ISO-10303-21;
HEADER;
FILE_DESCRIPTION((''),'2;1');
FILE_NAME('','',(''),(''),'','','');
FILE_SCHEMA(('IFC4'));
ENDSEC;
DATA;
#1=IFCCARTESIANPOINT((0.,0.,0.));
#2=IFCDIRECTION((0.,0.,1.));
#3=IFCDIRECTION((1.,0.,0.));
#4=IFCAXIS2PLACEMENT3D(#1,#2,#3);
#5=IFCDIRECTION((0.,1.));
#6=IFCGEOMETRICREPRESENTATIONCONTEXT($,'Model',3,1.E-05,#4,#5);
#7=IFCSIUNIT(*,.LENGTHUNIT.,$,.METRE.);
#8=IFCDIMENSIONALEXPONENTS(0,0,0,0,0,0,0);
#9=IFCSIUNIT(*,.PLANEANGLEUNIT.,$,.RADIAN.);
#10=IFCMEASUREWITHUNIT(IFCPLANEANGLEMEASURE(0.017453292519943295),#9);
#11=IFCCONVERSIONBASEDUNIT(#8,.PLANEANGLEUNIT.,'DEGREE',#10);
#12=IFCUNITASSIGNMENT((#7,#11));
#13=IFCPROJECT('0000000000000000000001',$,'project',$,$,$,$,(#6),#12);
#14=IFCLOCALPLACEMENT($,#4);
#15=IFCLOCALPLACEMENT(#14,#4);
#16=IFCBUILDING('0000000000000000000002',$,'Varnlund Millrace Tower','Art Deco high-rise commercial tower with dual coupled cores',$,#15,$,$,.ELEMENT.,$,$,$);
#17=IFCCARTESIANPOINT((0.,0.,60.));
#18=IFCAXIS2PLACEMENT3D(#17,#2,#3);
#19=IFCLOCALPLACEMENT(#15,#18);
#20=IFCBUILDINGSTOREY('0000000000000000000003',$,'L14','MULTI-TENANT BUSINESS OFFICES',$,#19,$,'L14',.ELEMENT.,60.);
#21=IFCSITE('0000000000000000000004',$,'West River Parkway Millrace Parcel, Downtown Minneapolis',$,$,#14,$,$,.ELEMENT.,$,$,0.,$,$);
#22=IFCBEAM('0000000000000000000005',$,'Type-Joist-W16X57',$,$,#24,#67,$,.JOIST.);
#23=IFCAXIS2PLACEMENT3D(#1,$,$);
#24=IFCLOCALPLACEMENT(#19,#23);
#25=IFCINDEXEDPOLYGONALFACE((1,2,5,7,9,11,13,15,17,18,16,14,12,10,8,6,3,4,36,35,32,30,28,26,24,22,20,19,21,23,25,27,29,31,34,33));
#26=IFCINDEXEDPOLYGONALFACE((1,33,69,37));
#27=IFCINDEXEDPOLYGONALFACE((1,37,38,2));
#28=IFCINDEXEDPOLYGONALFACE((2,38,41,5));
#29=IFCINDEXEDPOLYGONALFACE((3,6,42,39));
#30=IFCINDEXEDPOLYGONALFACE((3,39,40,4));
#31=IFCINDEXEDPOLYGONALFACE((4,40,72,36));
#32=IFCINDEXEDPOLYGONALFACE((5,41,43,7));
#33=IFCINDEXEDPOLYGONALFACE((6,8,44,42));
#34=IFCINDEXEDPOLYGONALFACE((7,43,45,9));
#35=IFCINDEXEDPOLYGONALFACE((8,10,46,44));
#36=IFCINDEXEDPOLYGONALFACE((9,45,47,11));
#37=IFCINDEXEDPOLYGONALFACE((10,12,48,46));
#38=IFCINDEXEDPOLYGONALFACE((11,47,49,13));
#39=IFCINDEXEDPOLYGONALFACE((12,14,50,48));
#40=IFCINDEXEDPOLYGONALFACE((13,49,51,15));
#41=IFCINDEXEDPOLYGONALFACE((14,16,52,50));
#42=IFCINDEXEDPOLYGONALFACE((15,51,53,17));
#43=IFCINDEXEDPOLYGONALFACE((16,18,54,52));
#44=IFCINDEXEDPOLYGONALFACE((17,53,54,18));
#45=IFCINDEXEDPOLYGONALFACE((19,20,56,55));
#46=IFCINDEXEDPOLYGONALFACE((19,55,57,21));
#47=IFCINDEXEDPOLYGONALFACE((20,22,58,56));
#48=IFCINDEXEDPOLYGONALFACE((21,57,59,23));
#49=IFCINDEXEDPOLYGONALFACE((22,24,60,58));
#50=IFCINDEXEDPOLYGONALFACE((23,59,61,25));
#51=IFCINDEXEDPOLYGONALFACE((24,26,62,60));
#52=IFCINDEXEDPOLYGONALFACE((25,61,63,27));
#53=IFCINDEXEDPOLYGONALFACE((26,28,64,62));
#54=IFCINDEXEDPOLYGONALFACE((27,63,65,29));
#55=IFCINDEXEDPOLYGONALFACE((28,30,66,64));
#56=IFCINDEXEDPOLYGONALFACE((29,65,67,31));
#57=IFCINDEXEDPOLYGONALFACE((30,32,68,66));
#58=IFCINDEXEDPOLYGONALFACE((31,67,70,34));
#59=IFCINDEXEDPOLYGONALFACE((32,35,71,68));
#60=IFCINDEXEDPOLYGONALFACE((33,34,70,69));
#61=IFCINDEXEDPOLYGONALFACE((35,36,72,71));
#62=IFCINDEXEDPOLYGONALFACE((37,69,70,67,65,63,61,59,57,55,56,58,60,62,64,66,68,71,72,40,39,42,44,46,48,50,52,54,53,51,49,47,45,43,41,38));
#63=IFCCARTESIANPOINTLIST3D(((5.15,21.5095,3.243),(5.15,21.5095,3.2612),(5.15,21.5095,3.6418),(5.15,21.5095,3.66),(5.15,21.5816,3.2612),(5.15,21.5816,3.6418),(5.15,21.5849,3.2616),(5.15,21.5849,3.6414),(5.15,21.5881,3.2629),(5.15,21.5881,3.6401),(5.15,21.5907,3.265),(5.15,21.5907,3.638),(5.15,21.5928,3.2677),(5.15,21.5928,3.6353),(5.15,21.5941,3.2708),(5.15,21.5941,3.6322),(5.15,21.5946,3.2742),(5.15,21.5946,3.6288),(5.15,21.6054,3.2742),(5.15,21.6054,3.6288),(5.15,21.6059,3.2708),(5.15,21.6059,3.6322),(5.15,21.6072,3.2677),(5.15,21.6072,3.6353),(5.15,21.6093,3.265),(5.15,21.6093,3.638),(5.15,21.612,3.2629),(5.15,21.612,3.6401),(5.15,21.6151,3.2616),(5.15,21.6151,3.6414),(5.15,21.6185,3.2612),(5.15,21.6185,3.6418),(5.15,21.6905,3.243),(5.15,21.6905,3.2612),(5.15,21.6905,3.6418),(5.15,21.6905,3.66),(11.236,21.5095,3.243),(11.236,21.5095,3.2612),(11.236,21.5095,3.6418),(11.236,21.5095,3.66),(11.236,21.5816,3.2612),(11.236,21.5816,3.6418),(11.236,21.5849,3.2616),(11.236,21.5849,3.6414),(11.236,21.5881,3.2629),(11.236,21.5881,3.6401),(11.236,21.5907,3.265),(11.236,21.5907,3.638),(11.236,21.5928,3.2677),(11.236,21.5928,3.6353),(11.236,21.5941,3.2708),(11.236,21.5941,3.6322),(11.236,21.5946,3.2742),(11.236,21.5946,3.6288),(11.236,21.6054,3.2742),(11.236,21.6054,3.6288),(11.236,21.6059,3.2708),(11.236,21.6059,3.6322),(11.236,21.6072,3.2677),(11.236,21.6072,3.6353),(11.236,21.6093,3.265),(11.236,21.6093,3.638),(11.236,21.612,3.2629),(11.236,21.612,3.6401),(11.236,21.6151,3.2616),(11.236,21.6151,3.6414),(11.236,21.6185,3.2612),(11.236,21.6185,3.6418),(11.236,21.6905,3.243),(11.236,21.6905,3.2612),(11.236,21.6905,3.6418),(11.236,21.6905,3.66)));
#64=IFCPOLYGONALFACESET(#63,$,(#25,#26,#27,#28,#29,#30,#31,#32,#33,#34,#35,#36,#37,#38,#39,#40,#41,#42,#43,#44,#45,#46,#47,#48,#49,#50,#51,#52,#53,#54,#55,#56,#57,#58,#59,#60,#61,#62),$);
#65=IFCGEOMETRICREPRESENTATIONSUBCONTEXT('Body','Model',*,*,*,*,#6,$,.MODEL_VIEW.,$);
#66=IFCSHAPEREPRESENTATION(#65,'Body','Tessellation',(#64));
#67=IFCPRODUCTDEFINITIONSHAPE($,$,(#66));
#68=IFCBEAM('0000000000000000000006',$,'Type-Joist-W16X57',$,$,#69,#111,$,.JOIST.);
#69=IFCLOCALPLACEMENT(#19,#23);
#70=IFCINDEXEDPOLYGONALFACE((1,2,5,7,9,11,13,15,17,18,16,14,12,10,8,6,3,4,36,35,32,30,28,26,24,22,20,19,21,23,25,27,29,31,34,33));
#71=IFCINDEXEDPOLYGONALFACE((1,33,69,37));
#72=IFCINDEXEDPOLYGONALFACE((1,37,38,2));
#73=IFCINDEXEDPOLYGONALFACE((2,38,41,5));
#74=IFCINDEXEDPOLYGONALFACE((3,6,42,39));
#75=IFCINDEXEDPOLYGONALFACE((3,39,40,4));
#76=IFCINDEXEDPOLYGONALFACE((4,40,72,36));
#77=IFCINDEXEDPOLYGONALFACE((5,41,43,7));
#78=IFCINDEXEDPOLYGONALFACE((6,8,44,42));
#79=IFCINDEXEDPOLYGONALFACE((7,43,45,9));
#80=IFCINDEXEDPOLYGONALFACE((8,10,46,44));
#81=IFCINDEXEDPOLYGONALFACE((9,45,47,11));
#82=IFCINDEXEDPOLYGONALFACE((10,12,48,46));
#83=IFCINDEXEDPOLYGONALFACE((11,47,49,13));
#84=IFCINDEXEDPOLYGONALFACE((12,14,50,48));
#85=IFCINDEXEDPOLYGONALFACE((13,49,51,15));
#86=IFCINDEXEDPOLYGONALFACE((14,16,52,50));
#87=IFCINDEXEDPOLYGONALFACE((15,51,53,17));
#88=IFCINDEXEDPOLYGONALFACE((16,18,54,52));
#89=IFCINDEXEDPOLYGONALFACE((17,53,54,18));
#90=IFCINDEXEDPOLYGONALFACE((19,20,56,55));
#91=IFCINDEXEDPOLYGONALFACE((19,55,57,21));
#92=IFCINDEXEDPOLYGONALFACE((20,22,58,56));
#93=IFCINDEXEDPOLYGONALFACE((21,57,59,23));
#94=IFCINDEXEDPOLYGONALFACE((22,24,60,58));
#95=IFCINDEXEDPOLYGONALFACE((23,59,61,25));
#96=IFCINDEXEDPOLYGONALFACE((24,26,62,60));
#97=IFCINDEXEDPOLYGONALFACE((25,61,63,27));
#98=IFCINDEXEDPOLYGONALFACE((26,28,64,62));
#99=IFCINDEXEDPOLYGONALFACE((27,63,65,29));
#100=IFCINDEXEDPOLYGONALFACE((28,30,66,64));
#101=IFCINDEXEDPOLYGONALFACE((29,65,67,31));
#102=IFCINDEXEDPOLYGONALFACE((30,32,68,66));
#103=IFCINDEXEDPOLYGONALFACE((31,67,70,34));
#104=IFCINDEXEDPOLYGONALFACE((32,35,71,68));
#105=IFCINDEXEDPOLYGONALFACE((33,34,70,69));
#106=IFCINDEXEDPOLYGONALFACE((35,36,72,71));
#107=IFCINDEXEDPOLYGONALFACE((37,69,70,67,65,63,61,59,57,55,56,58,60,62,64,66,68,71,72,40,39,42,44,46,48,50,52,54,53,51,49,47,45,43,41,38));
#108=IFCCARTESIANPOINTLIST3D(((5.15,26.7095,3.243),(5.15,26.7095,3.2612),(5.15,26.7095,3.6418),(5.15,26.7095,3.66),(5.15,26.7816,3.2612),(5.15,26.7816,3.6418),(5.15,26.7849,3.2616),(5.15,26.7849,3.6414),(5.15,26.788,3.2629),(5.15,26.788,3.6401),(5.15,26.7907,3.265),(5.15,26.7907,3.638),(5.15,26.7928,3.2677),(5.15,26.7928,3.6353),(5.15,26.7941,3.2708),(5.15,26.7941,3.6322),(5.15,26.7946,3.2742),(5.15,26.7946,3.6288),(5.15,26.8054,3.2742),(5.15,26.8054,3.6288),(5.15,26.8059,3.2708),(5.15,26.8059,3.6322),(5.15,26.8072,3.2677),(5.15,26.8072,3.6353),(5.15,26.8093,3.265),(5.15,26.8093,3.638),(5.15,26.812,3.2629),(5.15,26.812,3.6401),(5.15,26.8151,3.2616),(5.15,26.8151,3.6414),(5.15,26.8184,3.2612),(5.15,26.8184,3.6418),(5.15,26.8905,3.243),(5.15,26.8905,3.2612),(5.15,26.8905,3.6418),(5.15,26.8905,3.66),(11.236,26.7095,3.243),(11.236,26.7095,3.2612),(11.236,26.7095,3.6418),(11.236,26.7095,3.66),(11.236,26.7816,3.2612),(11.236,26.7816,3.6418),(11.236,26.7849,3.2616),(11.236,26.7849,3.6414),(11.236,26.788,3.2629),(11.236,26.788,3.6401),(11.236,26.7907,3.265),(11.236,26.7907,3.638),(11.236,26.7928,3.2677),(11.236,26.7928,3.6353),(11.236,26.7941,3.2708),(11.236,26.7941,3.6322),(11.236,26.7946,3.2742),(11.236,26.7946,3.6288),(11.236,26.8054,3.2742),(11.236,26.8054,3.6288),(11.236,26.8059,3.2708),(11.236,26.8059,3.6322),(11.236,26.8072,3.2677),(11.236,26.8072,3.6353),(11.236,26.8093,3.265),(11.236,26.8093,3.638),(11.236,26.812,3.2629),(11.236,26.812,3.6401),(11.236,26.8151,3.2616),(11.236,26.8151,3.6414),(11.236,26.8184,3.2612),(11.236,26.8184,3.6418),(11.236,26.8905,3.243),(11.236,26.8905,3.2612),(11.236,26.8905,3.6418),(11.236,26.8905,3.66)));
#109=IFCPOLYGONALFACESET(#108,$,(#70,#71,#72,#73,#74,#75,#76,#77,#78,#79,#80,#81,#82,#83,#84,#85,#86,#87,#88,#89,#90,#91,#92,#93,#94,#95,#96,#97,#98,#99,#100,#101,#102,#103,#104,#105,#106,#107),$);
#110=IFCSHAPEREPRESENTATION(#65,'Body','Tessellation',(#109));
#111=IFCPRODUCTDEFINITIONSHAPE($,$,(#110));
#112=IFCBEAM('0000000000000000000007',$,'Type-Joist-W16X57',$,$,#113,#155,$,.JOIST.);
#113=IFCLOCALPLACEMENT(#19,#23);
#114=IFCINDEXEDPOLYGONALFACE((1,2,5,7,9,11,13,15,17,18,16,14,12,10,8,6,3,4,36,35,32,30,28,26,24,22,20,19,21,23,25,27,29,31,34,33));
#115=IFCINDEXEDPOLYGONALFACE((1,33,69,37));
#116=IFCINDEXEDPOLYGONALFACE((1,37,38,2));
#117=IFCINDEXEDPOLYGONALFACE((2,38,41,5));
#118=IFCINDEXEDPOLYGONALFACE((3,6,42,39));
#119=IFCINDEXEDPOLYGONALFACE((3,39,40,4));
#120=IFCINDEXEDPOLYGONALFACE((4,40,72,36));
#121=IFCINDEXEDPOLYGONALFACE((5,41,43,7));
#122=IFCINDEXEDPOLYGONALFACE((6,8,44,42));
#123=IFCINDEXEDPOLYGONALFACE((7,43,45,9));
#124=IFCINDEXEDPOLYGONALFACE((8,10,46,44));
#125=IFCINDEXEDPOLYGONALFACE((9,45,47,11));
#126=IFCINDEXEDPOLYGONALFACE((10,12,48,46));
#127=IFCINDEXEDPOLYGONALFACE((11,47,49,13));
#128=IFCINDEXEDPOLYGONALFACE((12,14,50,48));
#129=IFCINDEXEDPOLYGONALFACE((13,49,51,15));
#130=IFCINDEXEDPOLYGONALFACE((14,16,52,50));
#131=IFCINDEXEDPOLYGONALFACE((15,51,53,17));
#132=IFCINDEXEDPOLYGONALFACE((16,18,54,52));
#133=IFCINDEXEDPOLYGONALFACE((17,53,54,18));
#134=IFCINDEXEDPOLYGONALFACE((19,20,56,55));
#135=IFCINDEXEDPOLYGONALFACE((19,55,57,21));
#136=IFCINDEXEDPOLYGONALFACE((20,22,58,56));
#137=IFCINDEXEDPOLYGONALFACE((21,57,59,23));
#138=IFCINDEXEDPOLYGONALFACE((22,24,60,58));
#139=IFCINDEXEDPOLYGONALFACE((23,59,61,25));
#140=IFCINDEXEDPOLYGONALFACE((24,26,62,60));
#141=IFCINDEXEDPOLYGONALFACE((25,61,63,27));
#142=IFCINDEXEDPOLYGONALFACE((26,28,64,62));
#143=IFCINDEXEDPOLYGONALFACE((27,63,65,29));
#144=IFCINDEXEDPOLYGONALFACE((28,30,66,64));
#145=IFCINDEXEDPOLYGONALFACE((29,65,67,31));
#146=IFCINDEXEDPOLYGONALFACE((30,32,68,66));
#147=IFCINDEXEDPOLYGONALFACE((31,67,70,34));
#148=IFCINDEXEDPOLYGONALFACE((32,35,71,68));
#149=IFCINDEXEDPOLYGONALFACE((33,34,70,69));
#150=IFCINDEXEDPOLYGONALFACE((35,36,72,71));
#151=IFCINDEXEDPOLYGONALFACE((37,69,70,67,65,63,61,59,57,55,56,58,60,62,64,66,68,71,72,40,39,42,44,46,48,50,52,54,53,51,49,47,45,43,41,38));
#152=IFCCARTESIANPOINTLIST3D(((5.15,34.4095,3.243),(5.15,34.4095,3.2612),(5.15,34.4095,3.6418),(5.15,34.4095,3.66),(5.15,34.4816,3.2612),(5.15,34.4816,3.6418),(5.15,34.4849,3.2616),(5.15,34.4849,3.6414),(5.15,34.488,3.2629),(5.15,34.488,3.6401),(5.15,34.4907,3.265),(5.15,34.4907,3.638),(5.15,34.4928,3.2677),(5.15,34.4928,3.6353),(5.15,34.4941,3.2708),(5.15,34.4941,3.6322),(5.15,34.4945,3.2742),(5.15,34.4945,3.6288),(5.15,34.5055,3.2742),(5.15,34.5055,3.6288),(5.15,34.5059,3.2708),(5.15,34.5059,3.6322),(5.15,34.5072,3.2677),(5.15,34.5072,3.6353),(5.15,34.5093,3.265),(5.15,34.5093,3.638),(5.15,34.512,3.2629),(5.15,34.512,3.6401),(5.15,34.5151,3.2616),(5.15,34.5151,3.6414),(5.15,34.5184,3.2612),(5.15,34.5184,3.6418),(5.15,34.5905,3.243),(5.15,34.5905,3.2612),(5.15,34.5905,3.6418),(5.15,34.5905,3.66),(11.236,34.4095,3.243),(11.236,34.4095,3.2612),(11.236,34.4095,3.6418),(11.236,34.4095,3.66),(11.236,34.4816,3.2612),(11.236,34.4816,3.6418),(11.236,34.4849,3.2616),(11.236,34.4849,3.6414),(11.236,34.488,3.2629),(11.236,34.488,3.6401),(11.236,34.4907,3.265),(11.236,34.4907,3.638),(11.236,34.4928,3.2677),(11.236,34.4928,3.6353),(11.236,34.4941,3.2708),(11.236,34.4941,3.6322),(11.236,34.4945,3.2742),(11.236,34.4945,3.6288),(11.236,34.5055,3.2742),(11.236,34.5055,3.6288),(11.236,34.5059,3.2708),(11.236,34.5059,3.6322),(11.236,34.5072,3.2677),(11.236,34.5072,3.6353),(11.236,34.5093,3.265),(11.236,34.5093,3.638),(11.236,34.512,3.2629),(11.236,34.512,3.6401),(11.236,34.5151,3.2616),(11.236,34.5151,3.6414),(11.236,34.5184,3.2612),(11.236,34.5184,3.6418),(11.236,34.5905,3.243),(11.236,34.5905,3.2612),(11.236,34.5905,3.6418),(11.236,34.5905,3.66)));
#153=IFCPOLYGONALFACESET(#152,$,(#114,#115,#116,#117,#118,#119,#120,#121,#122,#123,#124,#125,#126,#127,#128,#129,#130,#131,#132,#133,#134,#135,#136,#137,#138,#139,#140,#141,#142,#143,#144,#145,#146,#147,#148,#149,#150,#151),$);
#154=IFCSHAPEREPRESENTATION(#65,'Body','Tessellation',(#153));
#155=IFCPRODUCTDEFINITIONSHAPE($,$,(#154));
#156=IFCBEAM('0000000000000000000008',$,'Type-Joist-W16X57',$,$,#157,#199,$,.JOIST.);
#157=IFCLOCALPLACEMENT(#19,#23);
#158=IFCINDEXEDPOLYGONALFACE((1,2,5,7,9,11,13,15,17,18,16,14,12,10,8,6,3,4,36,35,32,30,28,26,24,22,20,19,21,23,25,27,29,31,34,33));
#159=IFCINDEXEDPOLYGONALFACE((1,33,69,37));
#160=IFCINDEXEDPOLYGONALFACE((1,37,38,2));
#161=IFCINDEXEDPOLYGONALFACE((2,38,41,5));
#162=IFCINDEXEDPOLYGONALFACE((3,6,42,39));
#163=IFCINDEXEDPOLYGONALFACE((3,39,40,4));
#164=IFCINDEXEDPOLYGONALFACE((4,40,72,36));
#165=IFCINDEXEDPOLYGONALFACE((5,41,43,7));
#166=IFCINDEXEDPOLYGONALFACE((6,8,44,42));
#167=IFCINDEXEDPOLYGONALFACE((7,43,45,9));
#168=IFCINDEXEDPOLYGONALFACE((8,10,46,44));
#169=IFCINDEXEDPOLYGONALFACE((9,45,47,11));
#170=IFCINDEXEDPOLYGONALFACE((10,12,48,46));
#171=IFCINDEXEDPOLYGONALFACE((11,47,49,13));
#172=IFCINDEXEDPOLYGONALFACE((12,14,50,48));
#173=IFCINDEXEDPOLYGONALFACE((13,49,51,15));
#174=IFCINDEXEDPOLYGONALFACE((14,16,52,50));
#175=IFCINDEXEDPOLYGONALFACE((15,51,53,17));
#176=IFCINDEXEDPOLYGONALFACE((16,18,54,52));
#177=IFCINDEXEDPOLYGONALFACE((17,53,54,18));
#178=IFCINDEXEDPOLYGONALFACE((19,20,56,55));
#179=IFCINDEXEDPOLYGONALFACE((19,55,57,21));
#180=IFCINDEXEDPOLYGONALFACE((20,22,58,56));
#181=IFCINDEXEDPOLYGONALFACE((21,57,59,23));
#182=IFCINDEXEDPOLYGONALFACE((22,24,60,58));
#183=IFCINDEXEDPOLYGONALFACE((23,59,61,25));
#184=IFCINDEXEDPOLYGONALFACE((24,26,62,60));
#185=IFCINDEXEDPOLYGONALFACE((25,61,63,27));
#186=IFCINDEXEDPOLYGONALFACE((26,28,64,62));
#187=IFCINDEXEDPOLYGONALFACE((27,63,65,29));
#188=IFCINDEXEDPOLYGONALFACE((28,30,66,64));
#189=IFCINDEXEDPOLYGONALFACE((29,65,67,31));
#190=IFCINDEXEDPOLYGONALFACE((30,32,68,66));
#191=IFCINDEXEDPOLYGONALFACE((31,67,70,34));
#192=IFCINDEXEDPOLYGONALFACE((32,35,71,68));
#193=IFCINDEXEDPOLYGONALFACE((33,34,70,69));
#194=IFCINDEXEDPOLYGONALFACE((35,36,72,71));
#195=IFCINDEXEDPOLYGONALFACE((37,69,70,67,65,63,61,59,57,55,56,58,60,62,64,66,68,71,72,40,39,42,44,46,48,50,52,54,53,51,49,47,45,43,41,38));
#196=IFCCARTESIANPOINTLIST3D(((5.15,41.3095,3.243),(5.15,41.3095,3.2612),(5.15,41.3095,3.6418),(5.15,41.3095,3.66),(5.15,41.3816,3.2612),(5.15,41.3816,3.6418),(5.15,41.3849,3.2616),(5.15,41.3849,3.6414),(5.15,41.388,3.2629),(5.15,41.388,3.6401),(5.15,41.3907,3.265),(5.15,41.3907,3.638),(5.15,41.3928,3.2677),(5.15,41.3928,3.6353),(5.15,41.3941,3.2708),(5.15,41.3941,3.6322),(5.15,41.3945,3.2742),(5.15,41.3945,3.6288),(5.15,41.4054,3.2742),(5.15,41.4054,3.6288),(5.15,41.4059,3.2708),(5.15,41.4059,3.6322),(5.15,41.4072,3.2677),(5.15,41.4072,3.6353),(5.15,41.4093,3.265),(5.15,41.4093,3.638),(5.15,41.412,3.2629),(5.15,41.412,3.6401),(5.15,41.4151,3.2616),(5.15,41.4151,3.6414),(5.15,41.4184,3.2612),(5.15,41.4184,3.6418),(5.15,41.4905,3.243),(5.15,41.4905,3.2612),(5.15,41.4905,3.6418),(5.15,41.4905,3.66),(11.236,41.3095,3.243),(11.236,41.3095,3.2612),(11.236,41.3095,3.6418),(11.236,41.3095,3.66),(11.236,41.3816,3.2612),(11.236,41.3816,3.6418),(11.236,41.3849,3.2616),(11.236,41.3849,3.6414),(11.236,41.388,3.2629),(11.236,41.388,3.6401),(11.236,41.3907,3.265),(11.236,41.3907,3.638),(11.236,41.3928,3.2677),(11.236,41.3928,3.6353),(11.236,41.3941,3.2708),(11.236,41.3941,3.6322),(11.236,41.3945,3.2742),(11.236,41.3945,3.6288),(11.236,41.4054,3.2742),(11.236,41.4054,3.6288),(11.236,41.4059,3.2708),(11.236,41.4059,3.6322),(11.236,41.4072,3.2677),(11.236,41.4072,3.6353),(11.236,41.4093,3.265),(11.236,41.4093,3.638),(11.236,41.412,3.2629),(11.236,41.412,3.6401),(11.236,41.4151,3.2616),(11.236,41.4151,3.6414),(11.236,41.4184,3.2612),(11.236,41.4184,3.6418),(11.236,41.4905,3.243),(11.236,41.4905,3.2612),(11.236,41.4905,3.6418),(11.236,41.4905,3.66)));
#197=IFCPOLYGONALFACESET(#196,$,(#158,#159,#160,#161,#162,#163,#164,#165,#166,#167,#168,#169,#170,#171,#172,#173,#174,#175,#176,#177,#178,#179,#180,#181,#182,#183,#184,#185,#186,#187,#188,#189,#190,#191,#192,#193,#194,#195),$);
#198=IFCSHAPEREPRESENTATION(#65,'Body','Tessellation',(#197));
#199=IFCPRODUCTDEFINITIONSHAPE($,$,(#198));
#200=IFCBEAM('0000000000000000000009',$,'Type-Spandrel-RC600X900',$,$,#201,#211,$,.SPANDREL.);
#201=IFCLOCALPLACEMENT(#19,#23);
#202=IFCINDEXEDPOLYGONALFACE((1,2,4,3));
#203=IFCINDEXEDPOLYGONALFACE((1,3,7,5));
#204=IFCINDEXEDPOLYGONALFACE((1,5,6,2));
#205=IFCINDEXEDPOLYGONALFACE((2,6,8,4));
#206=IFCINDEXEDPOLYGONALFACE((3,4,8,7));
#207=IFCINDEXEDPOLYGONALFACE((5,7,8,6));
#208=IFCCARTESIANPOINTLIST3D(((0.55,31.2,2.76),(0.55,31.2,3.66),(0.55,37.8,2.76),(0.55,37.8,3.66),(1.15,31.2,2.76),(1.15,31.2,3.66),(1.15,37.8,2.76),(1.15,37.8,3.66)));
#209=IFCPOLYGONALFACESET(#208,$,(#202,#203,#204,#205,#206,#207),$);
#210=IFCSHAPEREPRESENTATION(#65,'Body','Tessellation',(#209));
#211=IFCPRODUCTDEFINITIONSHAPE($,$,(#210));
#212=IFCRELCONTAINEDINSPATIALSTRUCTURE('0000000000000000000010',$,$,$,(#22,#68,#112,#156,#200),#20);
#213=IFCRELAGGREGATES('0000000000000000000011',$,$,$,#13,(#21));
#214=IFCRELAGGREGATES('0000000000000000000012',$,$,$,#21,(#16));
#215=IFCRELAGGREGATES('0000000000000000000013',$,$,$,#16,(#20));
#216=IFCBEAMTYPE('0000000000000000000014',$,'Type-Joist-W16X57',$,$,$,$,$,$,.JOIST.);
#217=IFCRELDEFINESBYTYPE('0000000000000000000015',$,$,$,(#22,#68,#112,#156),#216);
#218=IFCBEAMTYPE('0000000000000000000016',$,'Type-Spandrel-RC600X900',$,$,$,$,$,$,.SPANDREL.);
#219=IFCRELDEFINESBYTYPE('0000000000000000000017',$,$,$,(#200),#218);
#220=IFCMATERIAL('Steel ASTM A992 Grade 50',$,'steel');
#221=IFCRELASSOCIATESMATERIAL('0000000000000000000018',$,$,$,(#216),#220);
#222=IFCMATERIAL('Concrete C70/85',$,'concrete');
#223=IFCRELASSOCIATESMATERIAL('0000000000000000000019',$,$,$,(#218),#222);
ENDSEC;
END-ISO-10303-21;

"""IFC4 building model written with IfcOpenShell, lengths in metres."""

from ifc_helpers import new_model, entity, si_unit, converted_unit, direction, frame, origin_with_axes, origin_2d_with_axis, place, context, subcontext, project, spatial, rectangle, i_section, extrude, material, material_profile, profile_set, type_object, element, save


model = new_model("IFC4")

# Units and contexts
model_context = context("Model", 3, precision=1e-05, world=origin_with_axes(), true_north=direction((0.0, 1.0)))
body_context = subcontext(model_context, "Body", "Model", "MODEL_VIEW")
ifc_project = project(units=[si_unit("LENGTHUNIT", "METRE"), converted_unit("PLANEANGLEUNIT", "DEGREE", entity("IfcPlaneAngleMeasure", 0.017453292519943295), si_unit("PLANEANGLEUNIT", "RADIAN"), dimensions=[0, 0, 0, 0, 0, 0, 0])], contexts=[model_context])

# Site, building, storey
site_placement = place(None, origin_with_axes())
site = spatial("IfcSite", under=ifc_project, at=site_placement, Name="West River Parkway Millrace Parcel, Downtown Minneapolis", CompositionType="ELEMENT", RefElevation=0.0)
building_placement = place(site_placement, origin_with_axes())
building = spatial("IfcBuilding", under=site, at=building_placement, Name="Varnlund Millrace Tower", Description="Art Deco high-rise commercial tower with dual coupled cores", CompositionType="ELEMENT")
storey_placement = place(building_placement, frame((0.0, 0.0, 60.0), z_axis=(0.0, 0.0, 1.0), x_axis=(1.0, 0.0, 0.0)))
storey = spatial("IfcBuildingStorey", under=building, at=storey_placement, Name="L14", Description="MULTI-TENANT BUSINESS OFFICES", LongName="L14", CompositionType="ELEMENT", Elevation=60.0)

# Beams
ifc_material_1 = material(Name="Steel ASTM A992 Grade 50", Category="steel")
ifc_material_profile_1 = material_profile(ifc_material_1, i_section(OverallWidth=0.181, OverallDepth=0.417, WebThickness=0.0109, FlangeThickness=0.0182, FilletRadius=0.013, at=origin_2d_with_axis()), Name="Steel ASTM A992 Grade 50")
ifc_profile_set_1 = profile_set([ifc_material_profile_1], Name="Steel ASTM A992 Grade 50")
beam_type_1 = type_object("IfcBeamType", Name="Type-Joist-W16X57", PredefinedType="JOIST", material=ifc_profile_set_1)
for number, where, z_axis, x_axis, name in (
    (1, (5.15, 21.6, 3.4515), (1.0, 0.0, 0.0), (0.0, 1.0, 0.0), "Type-Joist-W16X57"),
    (2, (5.15, 26.8, 3.4515), (1.0, 0.0, 0.0), (0.0, 1.0, 0.0), "Type-Joist-W16X57"),
    (3, (5.15, 34.5, 3.4515), (1.0, 0.0, 0.0), (0.0, 1.0, 0.0), "Type-Joist-W16X57"),
    (4, (5.15, 41.4, 3.4515), (1.0, 0.0, 0.0), (0.0, 1.0, 0.0), "Type-Joist-W16X57"),
):
    element("IfcBeam", number, at=place(storey_placement, frame(where, z_axis=z_axis, x_axis=x_axis)), inside=storey, type_object=beam_type_1, Name=name, PredefinedType="JOIST", context=body_context, shape_type="SweptSolid", body=[
        extrude(i_section(OverallWidth=0.181, OverallDepth=0.417, WebThickness=0.0109, FlangeThickness=0.0182, FilletRadius=0.013, at=origin_2d_with_axis()), origin_with_axes(), (0.0, 0.0, 1.0), 6.086),
    ])
ifc_material_2 = material(Name="Concrete C70/85", Category="concrete")
ifc_material_profile_2 = material_profile(ifc_material_2, rectangle(XDim=0.6, YDim=0.9, at=origin_2d_with_axis()), Name="Concrete C70/85")
ifc_profile_set_2 = profile_set([ifc_material_profile_2], Name="Concrete C70/85")
beam_type_2 = type_object("IfcBeamType", Name="Type-Spandrel-RC600X900", PredefinedType="SPANDREL", material=ifc_profile_set_2)
beam_1_placement = place(storey_placement, frame((0.85, 31.2, 3.21), z_axis=(0.0, 1.0, 0.0), x_axis=(-1.0, 0.0, 0.0)))
element("IfcBeam", 5, at=beam_1_placement, inside=storey, type_object=beam_type_2, Name="Type-Spandrel-RC600X900", PredefinedType="SPANDREL", context=body_context, shape_type="SweptSolid", body=[
    extrude(rectangle(XDim=0.6, YDim=0.9, at=origin_2d_with_axis()), origin_with_axes(), (0.0, 0.0, 1.0), 6.6),
])

save(model, "model.ifc")
